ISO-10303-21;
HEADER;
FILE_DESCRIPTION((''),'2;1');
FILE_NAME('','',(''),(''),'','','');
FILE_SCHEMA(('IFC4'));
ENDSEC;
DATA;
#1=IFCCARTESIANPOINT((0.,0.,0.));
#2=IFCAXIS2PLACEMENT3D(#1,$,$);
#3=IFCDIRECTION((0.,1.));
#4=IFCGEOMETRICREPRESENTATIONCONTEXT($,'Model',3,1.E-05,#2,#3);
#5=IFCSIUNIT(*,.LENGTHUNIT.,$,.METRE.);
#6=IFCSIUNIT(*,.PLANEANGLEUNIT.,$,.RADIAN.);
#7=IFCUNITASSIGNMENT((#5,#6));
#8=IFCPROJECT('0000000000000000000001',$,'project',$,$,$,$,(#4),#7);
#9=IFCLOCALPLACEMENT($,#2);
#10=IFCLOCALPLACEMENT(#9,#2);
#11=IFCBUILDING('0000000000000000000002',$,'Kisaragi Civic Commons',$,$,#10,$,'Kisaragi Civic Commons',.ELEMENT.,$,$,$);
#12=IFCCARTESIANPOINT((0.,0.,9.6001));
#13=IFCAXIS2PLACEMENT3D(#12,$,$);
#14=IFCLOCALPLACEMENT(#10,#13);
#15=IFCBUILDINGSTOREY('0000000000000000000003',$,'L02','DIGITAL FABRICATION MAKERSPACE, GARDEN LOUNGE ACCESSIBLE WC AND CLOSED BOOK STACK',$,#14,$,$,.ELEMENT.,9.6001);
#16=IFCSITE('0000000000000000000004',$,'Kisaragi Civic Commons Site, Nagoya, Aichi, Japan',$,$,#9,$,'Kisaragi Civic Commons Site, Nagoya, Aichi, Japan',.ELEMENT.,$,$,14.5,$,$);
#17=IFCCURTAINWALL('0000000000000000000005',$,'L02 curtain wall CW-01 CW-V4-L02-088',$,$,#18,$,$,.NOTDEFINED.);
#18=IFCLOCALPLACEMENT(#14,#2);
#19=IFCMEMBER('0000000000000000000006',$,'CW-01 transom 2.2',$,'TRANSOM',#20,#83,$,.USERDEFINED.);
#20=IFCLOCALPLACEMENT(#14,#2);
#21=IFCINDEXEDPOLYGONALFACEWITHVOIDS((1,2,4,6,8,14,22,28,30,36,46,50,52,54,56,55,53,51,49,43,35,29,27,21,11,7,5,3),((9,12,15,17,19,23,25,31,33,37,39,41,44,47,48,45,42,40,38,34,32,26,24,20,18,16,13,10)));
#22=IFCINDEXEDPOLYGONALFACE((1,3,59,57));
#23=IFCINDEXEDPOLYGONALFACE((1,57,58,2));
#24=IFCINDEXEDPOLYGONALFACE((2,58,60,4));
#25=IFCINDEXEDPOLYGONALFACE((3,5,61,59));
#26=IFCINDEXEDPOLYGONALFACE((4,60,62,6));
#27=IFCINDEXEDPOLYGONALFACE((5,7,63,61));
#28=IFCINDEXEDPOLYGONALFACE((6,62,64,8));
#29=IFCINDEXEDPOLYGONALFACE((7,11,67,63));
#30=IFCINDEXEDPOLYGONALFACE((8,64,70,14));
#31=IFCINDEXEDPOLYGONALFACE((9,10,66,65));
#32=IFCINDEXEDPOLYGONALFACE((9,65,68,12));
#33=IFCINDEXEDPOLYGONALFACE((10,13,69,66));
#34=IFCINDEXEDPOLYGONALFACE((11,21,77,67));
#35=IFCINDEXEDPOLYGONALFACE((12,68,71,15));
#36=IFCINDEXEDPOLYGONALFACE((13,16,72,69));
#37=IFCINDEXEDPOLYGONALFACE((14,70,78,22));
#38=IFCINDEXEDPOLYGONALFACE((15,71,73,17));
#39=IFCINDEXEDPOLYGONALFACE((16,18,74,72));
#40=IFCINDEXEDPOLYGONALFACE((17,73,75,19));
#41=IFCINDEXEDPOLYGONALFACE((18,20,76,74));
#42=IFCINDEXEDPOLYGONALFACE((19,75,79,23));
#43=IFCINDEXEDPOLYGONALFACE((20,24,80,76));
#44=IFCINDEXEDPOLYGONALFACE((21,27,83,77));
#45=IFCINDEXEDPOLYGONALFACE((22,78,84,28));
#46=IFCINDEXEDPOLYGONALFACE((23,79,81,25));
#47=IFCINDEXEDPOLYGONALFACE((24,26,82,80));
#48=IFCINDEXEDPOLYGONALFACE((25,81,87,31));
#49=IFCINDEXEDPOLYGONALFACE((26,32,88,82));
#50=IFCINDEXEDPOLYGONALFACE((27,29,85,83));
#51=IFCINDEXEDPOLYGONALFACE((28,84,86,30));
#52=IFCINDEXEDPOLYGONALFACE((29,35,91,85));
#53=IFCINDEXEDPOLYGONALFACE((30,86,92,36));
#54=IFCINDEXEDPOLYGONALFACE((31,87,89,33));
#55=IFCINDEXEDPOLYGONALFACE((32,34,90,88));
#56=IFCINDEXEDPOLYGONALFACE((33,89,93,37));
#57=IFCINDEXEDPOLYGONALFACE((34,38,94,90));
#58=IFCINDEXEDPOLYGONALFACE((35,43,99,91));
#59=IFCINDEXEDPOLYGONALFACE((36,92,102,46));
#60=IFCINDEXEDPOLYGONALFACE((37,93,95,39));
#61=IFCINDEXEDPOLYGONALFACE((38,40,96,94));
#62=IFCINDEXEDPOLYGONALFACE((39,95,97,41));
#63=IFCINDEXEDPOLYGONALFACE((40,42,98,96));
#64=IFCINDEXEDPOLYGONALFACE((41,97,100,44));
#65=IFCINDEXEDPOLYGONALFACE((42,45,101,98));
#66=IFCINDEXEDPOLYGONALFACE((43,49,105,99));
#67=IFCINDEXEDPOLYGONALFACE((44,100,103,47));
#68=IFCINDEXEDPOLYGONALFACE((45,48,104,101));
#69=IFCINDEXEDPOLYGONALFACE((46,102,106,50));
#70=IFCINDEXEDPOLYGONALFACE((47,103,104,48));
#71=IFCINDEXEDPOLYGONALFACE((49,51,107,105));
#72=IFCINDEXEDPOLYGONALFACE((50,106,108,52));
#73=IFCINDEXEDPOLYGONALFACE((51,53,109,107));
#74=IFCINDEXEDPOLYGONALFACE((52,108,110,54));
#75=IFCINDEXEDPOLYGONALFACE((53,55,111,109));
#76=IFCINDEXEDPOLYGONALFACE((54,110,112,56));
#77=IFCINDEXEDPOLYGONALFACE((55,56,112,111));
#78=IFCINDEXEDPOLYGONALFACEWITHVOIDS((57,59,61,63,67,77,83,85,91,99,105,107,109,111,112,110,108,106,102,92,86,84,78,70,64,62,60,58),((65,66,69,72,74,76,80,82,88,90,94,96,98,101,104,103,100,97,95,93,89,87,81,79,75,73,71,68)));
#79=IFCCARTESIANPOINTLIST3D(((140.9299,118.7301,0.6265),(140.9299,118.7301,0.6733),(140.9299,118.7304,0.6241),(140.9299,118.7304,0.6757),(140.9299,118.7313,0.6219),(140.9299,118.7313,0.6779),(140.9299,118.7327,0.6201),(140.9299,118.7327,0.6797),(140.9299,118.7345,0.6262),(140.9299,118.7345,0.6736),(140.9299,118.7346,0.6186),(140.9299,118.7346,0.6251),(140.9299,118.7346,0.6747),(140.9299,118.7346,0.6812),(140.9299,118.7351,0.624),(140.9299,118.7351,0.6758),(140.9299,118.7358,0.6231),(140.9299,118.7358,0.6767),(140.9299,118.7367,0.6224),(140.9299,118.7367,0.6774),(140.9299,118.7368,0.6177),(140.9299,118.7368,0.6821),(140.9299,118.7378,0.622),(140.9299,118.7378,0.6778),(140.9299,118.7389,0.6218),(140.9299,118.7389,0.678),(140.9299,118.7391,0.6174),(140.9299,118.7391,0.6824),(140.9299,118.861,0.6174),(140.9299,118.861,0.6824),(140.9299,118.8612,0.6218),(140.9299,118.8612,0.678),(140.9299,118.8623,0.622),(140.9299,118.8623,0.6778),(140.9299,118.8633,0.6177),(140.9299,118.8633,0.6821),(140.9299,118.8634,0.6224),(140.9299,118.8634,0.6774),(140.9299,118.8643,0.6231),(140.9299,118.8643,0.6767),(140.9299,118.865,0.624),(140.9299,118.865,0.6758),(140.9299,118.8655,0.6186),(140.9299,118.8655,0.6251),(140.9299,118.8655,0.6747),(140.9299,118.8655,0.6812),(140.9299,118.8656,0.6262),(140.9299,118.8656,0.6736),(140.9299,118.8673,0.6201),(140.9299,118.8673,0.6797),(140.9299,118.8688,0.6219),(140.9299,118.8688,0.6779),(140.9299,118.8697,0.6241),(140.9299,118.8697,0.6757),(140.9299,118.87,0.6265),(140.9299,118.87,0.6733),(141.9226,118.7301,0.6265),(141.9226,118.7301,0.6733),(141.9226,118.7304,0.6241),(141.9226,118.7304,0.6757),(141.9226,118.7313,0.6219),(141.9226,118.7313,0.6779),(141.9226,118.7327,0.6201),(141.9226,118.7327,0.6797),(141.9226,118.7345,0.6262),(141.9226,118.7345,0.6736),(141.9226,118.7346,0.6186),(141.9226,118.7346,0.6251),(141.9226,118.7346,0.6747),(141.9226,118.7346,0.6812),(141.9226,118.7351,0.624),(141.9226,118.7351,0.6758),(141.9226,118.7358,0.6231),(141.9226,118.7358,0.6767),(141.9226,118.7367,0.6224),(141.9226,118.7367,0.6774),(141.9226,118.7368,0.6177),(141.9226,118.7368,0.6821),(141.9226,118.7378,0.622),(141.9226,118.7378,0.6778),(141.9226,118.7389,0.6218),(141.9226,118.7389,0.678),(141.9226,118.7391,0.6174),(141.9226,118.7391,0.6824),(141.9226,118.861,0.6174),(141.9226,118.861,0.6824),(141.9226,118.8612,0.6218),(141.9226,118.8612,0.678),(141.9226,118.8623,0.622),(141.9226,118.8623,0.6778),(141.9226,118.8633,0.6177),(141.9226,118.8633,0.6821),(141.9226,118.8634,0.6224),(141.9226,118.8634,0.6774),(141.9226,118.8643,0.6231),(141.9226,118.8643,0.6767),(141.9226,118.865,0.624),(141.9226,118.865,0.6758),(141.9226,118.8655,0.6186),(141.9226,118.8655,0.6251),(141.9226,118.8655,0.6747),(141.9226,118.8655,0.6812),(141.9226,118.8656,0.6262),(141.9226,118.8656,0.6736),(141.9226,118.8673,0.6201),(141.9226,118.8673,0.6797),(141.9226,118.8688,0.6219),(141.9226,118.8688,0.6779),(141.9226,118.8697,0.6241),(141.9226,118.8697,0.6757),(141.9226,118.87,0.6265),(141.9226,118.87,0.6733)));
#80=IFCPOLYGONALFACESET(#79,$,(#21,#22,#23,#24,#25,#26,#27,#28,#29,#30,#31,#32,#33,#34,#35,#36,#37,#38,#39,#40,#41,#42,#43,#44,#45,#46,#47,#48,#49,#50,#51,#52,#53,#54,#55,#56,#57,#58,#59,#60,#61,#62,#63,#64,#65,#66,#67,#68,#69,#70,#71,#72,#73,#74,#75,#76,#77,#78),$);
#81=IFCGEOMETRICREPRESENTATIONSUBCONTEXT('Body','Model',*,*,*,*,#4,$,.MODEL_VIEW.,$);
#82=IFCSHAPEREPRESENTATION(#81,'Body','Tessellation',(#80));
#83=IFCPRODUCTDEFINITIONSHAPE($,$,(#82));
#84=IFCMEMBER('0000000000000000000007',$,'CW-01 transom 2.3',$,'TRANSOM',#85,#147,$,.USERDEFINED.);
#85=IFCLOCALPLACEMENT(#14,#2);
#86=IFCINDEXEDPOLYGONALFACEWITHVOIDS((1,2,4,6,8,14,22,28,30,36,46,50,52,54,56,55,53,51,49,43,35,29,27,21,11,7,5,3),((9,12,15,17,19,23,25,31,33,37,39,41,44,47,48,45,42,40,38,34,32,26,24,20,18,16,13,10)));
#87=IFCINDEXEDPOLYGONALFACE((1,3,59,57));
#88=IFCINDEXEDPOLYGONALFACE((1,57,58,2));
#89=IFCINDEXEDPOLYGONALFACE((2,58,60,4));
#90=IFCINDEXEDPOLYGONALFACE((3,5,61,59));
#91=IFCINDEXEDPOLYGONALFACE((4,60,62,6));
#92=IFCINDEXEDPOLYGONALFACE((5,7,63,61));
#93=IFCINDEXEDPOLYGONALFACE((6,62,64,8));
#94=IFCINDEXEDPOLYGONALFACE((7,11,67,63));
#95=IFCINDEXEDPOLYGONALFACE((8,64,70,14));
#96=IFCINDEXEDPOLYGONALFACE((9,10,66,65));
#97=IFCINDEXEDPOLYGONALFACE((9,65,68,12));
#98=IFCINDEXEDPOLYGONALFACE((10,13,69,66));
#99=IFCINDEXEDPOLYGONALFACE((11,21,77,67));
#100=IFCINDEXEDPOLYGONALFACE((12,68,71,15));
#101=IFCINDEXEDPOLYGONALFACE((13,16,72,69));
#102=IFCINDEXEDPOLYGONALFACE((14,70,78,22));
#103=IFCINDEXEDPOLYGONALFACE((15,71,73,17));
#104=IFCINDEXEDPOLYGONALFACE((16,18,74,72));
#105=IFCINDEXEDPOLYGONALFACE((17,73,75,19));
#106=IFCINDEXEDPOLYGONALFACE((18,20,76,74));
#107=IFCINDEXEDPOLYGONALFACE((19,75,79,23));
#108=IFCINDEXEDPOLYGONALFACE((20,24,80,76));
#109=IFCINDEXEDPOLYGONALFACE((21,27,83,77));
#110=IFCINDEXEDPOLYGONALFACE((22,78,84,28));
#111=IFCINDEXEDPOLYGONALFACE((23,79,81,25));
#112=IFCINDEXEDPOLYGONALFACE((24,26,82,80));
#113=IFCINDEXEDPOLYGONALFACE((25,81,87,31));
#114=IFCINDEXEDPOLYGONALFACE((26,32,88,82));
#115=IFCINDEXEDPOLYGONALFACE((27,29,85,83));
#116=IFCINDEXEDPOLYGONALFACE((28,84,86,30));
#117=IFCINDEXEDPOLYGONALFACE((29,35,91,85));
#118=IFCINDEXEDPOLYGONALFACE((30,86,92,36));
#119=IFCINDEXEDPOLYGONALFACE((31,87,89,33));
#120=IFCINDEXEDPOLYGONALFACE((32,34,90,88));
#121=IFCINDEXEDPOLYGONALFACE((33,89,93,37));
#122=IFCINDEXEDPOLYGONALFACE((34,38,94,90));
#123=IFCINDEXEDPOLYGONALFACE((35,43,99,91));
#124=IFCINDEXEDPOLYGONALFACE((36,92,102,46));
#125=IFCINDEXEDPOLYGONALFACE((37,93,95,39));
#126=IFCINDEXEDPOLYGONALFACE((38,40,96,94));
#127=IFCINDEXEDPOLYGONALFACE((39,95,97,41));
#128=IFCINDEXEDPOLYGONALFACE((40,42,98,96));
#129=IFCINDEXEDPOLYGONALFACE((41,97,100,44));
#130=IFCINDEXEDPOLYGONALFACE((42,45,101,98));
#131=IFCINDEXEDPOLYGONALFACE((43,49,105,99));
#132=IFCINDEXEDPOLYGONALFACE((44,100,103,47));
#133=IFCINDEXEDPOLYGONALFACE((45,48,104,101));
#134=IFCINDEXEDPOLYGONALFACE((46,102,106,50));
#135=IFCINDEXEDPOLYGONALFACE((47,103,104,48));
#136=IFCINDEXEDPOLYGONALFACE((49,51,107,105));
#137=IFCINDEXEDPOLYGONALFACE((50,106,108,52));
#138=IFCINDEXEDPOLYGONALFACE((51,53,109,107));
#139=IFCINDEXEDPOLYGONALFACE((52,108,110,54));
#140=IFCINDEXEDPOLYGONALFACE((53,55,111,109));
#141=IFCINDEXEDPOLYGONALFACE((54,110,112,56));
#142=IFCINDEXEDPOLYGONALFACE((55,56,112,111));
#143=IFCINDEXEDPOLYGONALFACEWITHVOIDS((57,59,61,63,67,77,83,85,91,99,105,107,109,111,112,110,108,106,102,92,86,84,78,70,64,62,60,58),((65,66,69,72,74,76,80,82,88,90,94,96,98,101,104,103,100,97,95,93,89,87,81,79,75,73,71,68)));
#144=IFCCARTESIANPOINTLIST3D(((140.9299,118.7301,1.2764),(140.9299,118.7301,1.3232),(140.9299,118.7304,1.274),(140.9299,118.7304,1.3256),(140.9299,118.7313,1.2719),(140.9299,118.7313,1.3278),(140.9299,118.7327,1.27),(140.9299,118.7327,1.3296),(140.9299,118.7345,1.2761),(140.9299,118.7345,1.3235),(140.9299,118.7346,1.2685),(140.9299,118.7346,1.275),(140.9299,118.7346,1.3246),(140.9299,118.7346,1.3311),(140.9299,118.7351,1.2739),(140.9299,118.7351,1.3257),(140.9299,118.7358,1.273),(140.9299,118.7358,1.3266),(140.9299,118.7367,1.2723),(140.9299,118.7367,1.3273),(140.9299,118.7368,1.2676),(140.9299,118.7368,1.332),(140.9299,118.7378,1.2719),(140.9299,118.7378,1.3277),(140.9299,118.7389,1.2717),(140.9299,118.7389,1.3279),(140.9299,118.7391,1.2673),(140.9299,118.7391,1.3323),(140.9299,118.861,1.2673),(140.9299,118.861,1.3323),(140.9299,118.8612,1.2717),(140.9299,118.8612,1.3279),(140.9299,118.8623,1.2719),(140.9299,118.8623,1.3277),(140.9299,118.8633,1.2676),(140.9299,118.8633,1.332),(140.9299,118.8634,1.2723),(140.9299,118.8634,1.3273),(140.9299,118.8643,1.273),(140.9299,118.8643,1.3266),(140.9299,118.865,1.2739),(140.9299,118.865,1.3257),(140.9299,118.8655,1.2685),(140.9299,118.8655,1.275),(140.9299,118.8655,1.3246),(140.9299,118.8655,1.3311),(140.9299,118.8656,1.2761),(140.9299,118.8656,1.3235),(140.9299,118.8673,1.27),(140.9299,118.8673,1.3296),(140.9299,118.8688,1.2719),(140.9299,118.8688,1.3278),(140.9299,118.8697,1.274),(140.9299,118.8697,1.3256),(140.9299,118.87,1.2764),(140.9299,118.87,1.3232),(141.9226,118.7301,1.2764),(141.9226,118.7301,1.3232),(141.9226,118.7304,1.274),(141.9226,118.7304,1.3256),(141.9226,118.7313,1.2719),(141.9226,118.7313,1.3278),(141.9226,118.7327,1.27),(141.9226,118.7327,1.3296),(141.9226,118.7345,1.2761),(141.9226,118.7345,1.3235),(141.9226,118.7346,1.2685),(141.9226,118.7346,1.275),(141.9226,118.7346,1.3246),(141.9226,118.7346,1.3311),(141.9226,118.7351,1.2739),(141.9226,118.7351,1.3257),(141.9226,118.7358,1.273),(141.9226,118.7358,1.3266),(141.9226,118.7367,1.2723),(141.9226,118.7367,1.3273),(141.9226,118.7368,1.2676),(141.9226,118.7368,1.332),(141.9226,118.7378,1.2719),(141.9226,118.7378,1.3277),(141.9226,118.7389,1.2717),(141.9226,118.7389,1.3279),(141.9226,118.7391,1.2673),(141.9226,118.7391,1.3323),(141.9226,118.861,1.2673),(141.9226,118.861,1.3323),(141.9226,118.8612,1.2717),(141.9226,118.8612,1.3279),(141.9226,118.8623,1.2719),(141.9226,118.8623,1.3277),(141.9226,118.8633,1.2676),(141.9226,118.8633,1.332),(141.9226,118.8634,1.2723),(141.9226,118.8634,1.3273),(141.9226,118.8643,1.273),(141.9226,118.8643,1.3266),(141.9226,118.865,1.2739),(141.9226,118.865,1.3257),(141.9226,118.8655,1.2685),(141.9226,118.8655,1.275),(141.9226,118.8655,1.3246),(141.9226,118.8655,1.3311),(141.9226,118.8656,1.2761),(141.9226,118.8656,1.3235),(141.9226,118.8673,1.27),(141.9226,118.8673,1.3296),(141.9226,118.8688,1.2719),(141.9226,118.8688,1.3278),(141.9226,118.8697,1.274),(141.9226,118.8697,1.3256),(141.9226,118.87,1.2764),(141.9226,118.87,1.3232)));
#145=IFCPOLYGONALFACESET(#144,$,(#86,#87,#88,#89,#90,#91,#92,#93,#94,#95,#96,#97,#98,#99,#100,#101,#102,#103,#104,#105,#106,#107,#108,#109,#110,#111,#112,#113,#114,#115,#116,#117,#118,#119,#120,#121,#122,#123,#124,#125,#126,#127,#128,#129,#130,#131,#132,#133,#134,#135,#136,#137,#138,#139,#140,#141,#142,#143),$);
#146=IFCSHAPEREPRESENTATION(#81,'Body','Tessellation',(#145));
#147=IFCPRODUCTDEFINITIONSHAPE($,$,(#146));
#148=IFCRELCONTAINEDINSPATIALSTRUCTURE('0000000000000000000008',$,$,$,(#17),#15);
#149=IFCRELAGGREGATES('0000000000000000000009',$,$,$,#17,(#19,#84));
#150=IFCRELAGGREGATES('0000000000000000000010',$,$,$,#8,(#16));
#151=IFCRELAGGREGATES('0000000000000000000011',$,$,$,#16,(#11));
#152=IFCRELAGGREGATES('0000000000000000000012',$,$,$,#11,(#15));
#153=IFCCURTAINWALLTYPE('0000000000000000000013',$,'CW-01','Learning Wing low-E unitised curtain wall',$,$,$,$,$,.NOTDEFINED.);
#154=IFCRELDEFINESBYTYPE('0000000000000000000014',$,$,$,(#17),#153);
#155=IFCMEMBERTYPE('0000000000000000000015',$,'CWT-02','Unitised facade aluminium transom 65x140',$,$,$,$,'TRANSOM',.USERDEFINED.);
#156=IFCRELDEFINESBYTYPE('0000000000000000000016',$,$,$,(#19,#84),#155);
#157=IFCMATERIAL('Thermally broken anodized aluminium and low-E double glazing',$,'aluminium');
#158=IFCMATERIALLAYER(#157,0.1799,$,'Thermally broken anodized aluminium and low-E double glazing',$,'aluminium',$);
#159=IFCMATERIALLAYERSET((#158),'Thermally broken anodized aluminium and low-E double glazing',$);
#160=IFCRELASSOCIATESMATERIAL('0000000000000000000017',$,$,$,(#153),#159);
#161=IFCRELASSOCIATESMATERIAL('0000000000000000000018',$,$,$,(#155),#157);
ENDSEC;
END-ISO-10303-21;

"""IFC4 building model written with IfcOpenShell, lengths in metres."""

from ifc_helpers import new_model, si_unit, direction, frame, origin, origin_2d, place, context, subcontext, project, spatial, hollow_rectangle, extrude, material, layer, layer_set, material_profile, profile_set, type_object, element, aggregate, save


model = new_model("IFC4")

# Units and contexts
model_context = context("Model", 3, precision=1e-05, world=origin(), true_north=direction((0.0, 1.0)))
body_context = subcontext(model_context, "Body", "Model", "MODEL_VIEW")
ifc_project = project(units=[si_unit("LENGTHUNIT", "METRE"), si_unit("PLANEANGLEUNIT", "RADIAN")], contexts=[model_context])

# Site, building, storey
site_placement = place(None, origin())
site = spatial("IfcSite", under=ifc_project, at=site_placement, Name="Kisaragi Civic Commons Site, Nagoya, Aichi, Japan", LongName="Kisaragi Civic Commons Site, Nagoya, Aichi, Japan", CompositionType="ELEMENT", RefElevation=14.5)
building_placement = place(site_placement, origin())
building = spatial("IfcBuilding", under=site, at=building_placement, Name="Kisaragi Civic Commons", LongName="Kisaragi Civic Commons", CompositionType="ELEMENT")
storey_placement = place(building_placement, frame((0.0, 0.0, 9.6001)))
storey = spatial("IfcBuildingStorey", under=building, at=storey_placement, Name="L02", Description="DIGITAL FABRICATION MAKERSPACE, GARDEN LOUNGE ACCESSIBLE WC AND CLOSED BOOK STACK", CompositionType="ELEMENT", Elevation=9.6001)

# Curtain wall
ifc_material = material(Name="Thermally broken anodized aluminium and low-E double glazing", Category="aluminium")
ifc_layer_1 = layer(ifc_material, 0.1799, Name="Thermally broken anodized aluminium and low-E double glazing", Category="aluminium")
ifc_layer_set_1 = layer_set([ifc_layer_1], Name="Thermally broken anodized aluminium and low-E double glazing")
curtain_wall_type = type_object("IfcCurtainWallType", Name="CW-01", Description="Learning Wing low-E unitised curtain wall", PredefinedType="NOTDEFINED", material=ifc_layer_set_1)
curtain_wall_1_placement = place(storey_placement, origin())
curtain_wall_1 = element("IfcCurtainWall", 1, at=curtain_wall_1_placement, inside=storey, type_object=curtain_wall_type, Name="L02 curtain wall CW-01 CW-V4-L02-088", PredefinedType="NOTDEFINED")

# Members
ifc_material_profile_1 = material_profile(ifc_material, hollow_rectangle(XDim=0.1399, YDim=0.0649, WallThickness=0.0044, InnerFilletRadius=0.0044, OuterFilletRadius=0.009, at=origin_2d()), Name="CWT-65x140x4.5", Category="aluminium")
ifc_profile_set_1 = profile_set([ifc_material_profile_1], Name="Thermally broken anodized aluminium and low-E double glazing")
member_type_1 = type_object("IfcMemberType", Name="CWT-02", Description="Unitised facade aluminium transom 65x140", ElementType="TRANSOM", PredefinedType="USERDEFINED", material=ifc_profile_set_1)
member_1_placement = place(storey_placement, frame((140.9299, 118.8, 0.6499), z_axis=(1.0, 0.0, 0.0), x_axis=(0.0, 1.0, 0.0)))
member_1 = element("IfcMember", 2, at=member_1_placement, type_object=member_type_1, Name="CW-01 transom 2.2", ObjectType="TRANSOM", PredefinedType="USERDEFINED", context=body_context, shape_type="SweptSolid", body=[
    extrude(hollow_rectangle(XDim=0.1399, YDim=0.0649, WallThickness=0.0044, InnerFilletRadius=0.0044, OuterFilletRadius=0.009, at=origin_2d()), origin(), (0.0, 0.0, 1.0), 0.9927),
])
member_2_placement = place(storey_placement, frame((140.9299, 118.8, 1.2998), z_axis=(1.0, 0.0, 0.0), x_axis=(0.0, 1.0, 0.0)))
member_2 = element("IfcMember", 3, at=member_2_placement, type_object=member_type_1, Name="CW-01 transom 2.3", ObjectType="TRANSOM", PredefinedType="USERDEFINED", context=body_context, shape_type="SweptSolid", body=[
    extrude(hollow_rectangle(XDim=0.1399, YDim=0.0649, WallThickness=0.0044, InnerFilletRadius=0.0044, OuterFilletRadius=0.009, at=origin_2d()), origin(), (0.0, 0.0, 1.0), 0.9927),
])

aggregate(curtain_wall_1, [member_1, member_2])

save(model, "model.ifc")
